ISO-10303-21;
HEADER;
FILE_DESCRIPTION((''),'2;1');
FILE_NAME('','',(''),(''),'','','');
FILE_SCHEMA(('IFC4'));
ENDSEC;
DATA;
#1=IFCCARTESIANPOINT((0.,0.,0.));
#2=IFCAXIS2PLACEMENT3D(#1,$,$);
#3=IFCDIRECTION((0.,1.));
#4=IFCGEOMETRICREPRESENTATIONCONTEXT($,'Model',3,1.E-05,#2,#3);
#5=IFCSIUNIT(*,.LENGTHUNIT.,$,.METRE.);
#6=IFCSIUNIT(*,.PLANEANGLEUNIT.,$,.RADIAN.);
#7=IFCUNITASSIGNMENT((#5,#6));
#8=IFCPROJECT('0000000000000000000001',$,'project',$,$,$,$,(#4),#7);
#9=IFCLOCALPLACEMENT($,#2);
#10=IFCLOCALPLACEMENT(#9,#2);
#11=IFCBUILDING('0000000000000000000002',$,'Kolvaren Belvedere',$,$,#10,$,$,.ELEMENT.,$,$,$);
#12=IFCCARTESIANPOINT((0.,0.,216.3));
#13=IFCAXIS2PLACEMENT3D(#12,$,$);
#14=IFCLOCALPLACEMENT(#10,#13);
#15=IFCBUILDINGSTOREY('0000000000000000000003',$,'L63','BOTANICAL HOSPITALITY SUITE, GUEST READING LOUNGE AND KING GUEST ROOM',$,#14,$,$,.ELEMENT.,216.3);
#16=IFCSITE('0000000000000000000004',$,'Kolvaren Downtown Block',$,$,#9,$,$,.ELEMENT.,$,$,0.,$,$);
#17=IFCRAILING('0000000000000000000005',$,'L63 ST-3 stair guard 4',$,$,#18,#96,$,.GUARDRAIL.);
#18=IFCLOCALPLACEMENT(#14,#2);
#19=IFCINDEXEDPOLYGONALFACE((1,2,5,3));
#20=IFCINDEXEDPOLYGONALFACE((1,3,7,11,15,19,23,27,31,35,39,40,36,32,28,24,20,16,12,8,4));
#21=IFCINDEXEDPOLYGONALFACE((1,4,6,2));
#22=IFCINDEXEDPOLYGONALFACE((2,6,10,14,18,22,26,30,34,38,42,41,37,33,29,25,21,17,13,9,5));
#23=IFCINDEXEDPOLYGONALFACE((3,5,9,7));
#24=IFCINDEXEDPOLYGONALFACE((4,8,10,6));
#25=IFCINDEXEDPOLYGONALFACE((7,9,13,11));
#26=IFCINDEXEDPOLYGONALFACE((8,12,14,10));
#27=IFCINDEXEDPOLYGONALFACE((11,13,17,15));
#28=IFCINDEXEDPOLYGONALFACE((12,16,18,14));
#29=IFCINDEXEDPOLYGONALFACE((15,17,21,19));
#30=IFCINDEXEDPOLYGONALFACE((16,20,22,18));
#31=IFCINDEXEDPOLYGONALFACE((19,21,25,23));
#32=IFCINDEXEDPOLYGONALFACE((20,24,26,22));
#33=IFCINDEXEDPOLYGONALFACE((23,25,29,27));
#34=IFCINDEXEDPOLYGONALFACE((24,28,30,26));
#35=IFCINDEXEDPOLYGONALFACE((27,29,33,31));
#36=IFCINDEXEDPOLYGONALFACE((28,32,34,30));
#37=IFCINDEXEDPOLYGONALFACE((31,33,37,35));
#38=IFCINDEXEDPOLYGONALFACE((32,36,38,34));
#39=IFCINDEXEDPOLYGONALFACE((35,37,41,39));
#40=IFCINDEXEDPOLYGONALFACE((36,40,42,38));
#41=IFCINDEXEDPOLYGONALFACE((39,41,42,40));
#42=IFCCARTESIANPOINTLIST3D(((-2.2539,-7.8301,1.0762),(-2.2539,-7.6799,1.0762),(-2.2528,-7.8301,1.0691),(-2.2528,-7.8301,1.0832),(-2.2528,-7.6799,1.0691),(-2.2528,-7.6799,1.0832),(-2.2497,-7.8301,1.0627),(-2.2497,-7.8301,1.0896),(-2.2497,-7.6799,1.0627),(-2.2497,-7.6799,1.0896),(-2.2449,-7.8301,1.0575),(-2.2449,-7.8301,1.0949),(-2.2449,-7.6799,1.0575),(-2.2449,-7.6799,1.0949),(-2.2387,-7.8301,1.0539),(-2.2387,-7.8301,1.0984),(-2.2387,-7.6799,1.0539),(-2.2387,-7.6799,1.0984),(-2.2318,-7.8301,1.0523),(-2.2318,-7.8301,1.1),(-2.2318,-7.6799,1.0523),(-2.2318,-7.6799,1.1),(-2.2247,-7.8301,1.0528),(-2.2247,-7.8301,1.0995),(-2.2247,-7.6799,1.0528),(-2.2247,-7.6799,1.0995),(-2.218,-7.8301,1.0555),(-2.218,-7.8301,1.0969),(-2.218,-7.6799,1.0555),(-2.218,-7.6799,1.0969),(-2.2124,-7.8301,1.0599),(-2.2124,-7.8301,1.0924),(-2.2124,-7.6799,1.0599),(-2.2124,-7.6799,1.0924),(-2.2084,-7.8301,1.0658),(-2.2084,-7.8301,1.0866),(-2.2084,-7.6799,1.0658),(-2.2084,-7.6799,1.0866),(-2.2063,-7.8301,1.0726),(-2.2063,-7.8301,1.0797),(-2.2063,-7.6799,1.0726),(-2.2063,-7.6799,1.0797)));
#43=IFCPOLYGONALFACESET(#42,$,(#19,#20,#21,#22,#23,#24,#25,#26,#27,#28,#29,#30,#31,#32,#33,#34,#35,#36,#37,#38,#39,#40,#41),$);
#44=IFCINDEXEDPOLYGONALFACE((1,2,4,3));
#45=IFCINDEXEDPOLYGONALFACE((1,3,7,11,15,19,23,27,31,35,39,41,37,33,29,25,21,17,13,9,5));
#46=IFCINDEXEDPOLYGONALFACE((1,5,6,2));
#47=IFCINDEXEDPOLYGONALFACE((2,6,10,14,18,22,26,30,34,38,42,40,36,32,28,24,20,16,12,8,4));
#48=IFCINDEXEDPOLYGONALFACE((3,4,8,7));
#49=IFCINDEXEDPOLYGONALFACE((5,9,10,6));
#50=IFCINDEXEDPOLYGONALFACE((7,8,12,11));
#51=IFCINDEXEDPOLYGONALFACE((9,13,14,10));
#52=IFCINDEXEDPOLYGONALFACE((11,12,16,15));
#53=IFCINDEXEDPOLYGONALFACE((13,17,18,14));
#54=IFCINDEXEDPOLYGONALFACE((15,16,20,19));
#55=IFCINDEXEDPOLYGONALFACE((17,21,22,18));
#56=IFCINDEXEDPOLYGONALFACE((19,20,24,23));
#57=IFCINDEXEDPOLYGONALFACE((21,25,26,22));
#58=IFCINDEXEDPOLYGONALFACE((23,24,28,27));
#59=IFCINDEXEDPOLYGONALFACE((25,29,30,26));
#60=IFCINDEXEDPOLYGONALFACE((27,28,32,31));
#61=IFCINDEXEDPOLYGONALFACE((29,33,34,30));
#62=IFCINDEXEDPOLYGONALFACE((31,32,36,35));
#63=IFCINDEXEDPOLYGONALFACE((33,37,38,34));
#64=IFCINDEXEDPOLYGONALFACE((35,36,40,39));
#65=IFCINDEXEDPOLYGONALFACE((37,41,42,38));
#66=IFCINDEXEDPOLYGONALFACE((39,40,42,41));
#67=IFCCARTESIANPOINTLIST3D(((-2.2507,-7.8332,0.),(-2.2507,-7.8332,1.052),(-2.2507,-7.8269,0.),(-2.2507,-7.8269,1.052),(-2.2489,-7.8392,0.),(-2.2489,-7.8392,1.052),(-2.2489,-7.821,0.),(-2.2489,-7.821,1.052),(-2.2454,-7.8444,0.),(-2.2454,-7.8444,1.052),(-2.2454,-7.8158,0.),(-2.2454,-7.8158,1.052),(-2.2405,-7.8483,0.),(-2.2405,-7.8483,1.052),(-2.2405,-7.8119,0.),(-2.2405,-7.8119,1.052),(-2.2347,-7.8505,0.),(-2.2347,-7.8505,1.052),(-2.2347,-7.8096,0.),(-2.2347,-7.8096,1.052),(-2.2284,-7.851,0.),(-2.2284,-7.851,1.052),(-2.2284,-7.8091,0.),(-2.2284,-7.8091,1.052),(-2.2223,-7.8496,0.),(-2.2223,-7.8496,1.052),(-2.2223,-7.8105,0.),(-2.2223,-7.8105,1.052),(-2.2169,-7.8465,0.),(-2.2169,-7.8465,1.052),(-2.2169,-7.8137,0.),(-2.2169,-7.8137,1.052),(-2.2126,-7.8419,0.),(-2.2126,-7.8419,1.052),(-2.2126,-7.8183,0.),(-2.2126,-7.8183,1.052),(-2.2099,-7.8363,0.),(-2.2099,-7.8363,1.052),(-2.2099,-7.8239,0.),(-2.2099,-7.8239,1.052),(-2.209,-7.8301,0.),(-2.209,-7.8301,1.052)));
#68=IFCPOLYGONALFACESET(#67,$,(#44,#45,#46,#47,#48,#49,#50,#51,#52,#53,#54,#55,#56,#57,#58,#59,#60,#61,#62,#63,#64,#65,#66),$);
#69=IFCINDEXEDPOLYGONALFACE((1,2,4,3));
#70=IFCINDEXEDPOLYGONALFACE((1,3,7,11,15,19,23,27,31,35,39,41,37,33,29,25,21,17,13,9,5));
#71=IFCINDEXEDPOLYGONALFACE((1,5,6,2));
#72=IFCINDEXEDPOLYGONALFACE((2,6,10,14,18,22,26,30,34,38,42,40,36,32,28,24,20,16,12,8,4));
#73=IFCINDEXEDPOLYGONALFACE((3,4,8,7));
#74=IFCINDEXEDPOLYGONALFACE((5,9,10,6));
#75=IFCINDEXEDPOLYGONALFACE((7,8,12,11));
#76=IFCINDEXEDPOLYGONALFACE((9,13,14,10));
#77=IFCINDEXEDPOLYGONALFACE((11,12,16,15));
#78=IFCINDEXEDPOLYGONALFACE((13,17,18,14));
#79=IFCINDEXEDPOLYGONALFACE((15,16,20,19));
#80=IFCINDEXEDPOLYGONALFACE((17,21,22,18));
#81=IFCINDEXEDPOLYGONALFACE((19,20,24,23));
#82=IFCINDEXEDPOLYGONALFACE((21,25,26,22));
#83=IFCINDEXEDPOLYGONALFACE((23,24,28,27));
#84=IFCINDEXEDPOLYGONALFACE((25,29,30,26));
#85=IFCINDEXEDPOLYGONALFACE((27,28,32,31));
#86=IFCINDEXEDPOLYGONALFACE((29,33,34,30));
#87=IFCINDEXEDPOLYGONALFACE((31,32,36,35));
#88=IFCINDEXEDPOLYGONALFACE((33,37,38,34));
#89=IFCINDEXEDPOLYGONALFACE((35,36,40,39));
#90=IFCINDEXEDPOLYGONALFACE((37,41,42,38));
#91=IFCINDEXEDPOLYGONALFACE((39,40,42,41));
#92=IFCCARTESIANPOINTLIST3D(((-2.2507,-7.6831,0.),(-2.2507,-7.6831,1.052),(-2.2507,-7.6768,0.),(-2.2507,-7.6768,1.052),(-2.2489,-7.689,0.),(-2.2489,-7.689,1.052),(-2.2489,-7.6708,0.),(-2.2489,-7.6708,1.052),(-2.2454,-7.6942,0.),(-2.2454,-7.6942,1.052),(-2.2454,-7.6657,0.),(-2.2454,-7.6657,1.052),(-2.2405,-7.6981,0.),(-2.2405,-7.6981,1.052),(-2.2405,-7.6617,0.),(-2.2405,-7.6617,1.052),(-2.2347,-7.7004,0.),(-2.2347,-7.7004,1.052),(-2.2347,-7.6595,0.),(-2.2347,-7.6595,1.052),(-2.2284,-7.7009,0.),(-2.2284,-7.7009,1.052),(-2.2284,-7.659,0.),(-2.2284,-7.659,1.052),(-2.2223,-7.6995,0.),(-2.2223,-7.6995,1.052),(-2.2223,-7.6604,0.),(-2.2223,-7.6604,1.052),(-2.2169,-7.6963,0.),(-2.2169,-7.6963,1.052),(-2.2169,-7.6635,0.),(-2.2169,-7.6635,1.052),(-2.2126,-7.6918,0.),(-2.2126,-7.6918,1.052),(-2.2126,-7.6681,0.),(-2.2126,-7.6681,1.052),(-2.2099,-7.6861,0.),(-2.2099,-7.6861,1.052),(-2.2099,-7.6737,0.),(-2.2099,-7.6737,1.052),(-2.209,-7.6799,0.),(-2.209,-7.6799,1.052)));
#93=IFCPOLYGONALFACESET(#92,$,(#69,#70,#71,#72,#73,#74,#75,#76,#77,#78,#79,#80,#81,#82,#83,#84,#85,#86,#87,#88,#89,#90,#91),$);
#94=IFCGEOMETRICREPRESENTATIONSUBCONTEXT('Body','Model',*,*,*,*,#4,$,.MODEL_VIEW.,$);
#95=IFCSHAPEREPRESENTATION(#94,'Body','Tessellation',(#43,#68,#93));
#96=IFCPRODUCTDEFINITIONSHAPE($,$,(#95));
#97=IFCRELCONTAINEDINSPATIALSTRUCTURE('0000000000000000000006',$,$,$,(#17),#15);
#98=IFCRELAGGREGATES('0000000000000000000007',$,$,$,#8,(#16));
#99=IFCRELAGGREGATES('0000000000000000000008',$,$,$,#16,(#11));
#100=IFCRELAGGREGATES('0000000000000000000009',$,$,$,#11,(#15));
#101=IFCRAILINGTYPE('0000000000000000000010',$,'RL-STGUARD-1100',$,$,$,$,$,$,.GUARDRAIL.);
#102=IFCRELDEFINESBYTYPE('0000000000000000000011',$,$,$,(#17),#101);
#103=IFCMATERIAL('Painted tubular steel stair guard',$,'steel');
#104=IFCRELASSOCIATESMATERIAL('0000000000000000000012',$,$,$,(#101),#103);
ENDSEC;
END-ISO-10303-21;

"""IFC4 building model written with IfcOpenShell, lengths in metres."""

from ifc_helpers import new_model, si_unit, direction, frame, origin, origin_2d, place, context, subcontext, project, spatial, circle, extrude, material, type_object, element, save


model = new_model("IFC4")

# Units and contexts
model_context = context("Model", 3, precision=1e-05, world=origin(), true_north=direction((0.0, 1.0)))
body_context = subcontext(model_context, "Body", "Model", "MODEL_VIEW")
ifc_project = project(units=[si_unit("LENGTHUNIT", "METRE"), si_unit("PLANEANGLEUNIT", "RADIAN")], contexts=[model_context])

# Site, building, storey
site_placement = place(None, origin())
site = spatial("IfcSite", under=ifc_project, at=site_placement, Name="Kolvaren Downtown Block", CompositionType="ELEMENT", RefElevation=0.0)
building_placement = place(site_placement, origin())
building = spatial("IfcBuilding", under=site, at=building_placement, Name="Kolvaren Belvedere", CompositionType="ELEMENT")
storey_placement = place(building_placement, frame((0.0, 0.0, 216.3)))
storey = spatial("IfcBuildingStorey", under=building, at=storey_placement, Name="L63", Description="BOTANICAL HOSPITALITY SUITE, GUEST READING LOUNGE AND KING GUEST ROOM", CompositionType="ELEMENT", Elevation=216.3)

# Railing
ifc_material_1 = material(Name="Painted tubular steel stair guard", Category="steel")
railing_type_1 = type_object("IfcRailingType", Name="RL-STGUARD-1100", PredefinedType="GUARDRAIL", material=ifc_material_1)
railing_1_placement = place(storey_placement, frame((-2.23, -7.8301, 0.0)))
element("IfcRailing", 1, at=railing_1_placement, inside=storey, type_object=railing_type_1, Name="L63 ST-3 stair guard 4", PredefinedType="GUARDRAIL", context=body_context, shape_type="SweptSolid", body=[
    extrude(circle(Radius=0.0239, at=origin_2d()), frame((0.0, 0.0, 1.0762), z_axis=(0.0, 1.0, 0.0), x_axis=(-1.0, 0.0, 0.0)), (0.0, 0.0, 1.0), 0.1501),
    extrude(circle(Radius=0.021, at=origin_2d()), origin(), (0.0, 0.0, 1.0), 1.052),
    extrude(circle(Radius=0.021, at=origin_2d()), frame((0.0, 0.1501, 0.0)), (0.0, 0.0, 1.0), 1.052),
])

save(model, "model.ifc")
